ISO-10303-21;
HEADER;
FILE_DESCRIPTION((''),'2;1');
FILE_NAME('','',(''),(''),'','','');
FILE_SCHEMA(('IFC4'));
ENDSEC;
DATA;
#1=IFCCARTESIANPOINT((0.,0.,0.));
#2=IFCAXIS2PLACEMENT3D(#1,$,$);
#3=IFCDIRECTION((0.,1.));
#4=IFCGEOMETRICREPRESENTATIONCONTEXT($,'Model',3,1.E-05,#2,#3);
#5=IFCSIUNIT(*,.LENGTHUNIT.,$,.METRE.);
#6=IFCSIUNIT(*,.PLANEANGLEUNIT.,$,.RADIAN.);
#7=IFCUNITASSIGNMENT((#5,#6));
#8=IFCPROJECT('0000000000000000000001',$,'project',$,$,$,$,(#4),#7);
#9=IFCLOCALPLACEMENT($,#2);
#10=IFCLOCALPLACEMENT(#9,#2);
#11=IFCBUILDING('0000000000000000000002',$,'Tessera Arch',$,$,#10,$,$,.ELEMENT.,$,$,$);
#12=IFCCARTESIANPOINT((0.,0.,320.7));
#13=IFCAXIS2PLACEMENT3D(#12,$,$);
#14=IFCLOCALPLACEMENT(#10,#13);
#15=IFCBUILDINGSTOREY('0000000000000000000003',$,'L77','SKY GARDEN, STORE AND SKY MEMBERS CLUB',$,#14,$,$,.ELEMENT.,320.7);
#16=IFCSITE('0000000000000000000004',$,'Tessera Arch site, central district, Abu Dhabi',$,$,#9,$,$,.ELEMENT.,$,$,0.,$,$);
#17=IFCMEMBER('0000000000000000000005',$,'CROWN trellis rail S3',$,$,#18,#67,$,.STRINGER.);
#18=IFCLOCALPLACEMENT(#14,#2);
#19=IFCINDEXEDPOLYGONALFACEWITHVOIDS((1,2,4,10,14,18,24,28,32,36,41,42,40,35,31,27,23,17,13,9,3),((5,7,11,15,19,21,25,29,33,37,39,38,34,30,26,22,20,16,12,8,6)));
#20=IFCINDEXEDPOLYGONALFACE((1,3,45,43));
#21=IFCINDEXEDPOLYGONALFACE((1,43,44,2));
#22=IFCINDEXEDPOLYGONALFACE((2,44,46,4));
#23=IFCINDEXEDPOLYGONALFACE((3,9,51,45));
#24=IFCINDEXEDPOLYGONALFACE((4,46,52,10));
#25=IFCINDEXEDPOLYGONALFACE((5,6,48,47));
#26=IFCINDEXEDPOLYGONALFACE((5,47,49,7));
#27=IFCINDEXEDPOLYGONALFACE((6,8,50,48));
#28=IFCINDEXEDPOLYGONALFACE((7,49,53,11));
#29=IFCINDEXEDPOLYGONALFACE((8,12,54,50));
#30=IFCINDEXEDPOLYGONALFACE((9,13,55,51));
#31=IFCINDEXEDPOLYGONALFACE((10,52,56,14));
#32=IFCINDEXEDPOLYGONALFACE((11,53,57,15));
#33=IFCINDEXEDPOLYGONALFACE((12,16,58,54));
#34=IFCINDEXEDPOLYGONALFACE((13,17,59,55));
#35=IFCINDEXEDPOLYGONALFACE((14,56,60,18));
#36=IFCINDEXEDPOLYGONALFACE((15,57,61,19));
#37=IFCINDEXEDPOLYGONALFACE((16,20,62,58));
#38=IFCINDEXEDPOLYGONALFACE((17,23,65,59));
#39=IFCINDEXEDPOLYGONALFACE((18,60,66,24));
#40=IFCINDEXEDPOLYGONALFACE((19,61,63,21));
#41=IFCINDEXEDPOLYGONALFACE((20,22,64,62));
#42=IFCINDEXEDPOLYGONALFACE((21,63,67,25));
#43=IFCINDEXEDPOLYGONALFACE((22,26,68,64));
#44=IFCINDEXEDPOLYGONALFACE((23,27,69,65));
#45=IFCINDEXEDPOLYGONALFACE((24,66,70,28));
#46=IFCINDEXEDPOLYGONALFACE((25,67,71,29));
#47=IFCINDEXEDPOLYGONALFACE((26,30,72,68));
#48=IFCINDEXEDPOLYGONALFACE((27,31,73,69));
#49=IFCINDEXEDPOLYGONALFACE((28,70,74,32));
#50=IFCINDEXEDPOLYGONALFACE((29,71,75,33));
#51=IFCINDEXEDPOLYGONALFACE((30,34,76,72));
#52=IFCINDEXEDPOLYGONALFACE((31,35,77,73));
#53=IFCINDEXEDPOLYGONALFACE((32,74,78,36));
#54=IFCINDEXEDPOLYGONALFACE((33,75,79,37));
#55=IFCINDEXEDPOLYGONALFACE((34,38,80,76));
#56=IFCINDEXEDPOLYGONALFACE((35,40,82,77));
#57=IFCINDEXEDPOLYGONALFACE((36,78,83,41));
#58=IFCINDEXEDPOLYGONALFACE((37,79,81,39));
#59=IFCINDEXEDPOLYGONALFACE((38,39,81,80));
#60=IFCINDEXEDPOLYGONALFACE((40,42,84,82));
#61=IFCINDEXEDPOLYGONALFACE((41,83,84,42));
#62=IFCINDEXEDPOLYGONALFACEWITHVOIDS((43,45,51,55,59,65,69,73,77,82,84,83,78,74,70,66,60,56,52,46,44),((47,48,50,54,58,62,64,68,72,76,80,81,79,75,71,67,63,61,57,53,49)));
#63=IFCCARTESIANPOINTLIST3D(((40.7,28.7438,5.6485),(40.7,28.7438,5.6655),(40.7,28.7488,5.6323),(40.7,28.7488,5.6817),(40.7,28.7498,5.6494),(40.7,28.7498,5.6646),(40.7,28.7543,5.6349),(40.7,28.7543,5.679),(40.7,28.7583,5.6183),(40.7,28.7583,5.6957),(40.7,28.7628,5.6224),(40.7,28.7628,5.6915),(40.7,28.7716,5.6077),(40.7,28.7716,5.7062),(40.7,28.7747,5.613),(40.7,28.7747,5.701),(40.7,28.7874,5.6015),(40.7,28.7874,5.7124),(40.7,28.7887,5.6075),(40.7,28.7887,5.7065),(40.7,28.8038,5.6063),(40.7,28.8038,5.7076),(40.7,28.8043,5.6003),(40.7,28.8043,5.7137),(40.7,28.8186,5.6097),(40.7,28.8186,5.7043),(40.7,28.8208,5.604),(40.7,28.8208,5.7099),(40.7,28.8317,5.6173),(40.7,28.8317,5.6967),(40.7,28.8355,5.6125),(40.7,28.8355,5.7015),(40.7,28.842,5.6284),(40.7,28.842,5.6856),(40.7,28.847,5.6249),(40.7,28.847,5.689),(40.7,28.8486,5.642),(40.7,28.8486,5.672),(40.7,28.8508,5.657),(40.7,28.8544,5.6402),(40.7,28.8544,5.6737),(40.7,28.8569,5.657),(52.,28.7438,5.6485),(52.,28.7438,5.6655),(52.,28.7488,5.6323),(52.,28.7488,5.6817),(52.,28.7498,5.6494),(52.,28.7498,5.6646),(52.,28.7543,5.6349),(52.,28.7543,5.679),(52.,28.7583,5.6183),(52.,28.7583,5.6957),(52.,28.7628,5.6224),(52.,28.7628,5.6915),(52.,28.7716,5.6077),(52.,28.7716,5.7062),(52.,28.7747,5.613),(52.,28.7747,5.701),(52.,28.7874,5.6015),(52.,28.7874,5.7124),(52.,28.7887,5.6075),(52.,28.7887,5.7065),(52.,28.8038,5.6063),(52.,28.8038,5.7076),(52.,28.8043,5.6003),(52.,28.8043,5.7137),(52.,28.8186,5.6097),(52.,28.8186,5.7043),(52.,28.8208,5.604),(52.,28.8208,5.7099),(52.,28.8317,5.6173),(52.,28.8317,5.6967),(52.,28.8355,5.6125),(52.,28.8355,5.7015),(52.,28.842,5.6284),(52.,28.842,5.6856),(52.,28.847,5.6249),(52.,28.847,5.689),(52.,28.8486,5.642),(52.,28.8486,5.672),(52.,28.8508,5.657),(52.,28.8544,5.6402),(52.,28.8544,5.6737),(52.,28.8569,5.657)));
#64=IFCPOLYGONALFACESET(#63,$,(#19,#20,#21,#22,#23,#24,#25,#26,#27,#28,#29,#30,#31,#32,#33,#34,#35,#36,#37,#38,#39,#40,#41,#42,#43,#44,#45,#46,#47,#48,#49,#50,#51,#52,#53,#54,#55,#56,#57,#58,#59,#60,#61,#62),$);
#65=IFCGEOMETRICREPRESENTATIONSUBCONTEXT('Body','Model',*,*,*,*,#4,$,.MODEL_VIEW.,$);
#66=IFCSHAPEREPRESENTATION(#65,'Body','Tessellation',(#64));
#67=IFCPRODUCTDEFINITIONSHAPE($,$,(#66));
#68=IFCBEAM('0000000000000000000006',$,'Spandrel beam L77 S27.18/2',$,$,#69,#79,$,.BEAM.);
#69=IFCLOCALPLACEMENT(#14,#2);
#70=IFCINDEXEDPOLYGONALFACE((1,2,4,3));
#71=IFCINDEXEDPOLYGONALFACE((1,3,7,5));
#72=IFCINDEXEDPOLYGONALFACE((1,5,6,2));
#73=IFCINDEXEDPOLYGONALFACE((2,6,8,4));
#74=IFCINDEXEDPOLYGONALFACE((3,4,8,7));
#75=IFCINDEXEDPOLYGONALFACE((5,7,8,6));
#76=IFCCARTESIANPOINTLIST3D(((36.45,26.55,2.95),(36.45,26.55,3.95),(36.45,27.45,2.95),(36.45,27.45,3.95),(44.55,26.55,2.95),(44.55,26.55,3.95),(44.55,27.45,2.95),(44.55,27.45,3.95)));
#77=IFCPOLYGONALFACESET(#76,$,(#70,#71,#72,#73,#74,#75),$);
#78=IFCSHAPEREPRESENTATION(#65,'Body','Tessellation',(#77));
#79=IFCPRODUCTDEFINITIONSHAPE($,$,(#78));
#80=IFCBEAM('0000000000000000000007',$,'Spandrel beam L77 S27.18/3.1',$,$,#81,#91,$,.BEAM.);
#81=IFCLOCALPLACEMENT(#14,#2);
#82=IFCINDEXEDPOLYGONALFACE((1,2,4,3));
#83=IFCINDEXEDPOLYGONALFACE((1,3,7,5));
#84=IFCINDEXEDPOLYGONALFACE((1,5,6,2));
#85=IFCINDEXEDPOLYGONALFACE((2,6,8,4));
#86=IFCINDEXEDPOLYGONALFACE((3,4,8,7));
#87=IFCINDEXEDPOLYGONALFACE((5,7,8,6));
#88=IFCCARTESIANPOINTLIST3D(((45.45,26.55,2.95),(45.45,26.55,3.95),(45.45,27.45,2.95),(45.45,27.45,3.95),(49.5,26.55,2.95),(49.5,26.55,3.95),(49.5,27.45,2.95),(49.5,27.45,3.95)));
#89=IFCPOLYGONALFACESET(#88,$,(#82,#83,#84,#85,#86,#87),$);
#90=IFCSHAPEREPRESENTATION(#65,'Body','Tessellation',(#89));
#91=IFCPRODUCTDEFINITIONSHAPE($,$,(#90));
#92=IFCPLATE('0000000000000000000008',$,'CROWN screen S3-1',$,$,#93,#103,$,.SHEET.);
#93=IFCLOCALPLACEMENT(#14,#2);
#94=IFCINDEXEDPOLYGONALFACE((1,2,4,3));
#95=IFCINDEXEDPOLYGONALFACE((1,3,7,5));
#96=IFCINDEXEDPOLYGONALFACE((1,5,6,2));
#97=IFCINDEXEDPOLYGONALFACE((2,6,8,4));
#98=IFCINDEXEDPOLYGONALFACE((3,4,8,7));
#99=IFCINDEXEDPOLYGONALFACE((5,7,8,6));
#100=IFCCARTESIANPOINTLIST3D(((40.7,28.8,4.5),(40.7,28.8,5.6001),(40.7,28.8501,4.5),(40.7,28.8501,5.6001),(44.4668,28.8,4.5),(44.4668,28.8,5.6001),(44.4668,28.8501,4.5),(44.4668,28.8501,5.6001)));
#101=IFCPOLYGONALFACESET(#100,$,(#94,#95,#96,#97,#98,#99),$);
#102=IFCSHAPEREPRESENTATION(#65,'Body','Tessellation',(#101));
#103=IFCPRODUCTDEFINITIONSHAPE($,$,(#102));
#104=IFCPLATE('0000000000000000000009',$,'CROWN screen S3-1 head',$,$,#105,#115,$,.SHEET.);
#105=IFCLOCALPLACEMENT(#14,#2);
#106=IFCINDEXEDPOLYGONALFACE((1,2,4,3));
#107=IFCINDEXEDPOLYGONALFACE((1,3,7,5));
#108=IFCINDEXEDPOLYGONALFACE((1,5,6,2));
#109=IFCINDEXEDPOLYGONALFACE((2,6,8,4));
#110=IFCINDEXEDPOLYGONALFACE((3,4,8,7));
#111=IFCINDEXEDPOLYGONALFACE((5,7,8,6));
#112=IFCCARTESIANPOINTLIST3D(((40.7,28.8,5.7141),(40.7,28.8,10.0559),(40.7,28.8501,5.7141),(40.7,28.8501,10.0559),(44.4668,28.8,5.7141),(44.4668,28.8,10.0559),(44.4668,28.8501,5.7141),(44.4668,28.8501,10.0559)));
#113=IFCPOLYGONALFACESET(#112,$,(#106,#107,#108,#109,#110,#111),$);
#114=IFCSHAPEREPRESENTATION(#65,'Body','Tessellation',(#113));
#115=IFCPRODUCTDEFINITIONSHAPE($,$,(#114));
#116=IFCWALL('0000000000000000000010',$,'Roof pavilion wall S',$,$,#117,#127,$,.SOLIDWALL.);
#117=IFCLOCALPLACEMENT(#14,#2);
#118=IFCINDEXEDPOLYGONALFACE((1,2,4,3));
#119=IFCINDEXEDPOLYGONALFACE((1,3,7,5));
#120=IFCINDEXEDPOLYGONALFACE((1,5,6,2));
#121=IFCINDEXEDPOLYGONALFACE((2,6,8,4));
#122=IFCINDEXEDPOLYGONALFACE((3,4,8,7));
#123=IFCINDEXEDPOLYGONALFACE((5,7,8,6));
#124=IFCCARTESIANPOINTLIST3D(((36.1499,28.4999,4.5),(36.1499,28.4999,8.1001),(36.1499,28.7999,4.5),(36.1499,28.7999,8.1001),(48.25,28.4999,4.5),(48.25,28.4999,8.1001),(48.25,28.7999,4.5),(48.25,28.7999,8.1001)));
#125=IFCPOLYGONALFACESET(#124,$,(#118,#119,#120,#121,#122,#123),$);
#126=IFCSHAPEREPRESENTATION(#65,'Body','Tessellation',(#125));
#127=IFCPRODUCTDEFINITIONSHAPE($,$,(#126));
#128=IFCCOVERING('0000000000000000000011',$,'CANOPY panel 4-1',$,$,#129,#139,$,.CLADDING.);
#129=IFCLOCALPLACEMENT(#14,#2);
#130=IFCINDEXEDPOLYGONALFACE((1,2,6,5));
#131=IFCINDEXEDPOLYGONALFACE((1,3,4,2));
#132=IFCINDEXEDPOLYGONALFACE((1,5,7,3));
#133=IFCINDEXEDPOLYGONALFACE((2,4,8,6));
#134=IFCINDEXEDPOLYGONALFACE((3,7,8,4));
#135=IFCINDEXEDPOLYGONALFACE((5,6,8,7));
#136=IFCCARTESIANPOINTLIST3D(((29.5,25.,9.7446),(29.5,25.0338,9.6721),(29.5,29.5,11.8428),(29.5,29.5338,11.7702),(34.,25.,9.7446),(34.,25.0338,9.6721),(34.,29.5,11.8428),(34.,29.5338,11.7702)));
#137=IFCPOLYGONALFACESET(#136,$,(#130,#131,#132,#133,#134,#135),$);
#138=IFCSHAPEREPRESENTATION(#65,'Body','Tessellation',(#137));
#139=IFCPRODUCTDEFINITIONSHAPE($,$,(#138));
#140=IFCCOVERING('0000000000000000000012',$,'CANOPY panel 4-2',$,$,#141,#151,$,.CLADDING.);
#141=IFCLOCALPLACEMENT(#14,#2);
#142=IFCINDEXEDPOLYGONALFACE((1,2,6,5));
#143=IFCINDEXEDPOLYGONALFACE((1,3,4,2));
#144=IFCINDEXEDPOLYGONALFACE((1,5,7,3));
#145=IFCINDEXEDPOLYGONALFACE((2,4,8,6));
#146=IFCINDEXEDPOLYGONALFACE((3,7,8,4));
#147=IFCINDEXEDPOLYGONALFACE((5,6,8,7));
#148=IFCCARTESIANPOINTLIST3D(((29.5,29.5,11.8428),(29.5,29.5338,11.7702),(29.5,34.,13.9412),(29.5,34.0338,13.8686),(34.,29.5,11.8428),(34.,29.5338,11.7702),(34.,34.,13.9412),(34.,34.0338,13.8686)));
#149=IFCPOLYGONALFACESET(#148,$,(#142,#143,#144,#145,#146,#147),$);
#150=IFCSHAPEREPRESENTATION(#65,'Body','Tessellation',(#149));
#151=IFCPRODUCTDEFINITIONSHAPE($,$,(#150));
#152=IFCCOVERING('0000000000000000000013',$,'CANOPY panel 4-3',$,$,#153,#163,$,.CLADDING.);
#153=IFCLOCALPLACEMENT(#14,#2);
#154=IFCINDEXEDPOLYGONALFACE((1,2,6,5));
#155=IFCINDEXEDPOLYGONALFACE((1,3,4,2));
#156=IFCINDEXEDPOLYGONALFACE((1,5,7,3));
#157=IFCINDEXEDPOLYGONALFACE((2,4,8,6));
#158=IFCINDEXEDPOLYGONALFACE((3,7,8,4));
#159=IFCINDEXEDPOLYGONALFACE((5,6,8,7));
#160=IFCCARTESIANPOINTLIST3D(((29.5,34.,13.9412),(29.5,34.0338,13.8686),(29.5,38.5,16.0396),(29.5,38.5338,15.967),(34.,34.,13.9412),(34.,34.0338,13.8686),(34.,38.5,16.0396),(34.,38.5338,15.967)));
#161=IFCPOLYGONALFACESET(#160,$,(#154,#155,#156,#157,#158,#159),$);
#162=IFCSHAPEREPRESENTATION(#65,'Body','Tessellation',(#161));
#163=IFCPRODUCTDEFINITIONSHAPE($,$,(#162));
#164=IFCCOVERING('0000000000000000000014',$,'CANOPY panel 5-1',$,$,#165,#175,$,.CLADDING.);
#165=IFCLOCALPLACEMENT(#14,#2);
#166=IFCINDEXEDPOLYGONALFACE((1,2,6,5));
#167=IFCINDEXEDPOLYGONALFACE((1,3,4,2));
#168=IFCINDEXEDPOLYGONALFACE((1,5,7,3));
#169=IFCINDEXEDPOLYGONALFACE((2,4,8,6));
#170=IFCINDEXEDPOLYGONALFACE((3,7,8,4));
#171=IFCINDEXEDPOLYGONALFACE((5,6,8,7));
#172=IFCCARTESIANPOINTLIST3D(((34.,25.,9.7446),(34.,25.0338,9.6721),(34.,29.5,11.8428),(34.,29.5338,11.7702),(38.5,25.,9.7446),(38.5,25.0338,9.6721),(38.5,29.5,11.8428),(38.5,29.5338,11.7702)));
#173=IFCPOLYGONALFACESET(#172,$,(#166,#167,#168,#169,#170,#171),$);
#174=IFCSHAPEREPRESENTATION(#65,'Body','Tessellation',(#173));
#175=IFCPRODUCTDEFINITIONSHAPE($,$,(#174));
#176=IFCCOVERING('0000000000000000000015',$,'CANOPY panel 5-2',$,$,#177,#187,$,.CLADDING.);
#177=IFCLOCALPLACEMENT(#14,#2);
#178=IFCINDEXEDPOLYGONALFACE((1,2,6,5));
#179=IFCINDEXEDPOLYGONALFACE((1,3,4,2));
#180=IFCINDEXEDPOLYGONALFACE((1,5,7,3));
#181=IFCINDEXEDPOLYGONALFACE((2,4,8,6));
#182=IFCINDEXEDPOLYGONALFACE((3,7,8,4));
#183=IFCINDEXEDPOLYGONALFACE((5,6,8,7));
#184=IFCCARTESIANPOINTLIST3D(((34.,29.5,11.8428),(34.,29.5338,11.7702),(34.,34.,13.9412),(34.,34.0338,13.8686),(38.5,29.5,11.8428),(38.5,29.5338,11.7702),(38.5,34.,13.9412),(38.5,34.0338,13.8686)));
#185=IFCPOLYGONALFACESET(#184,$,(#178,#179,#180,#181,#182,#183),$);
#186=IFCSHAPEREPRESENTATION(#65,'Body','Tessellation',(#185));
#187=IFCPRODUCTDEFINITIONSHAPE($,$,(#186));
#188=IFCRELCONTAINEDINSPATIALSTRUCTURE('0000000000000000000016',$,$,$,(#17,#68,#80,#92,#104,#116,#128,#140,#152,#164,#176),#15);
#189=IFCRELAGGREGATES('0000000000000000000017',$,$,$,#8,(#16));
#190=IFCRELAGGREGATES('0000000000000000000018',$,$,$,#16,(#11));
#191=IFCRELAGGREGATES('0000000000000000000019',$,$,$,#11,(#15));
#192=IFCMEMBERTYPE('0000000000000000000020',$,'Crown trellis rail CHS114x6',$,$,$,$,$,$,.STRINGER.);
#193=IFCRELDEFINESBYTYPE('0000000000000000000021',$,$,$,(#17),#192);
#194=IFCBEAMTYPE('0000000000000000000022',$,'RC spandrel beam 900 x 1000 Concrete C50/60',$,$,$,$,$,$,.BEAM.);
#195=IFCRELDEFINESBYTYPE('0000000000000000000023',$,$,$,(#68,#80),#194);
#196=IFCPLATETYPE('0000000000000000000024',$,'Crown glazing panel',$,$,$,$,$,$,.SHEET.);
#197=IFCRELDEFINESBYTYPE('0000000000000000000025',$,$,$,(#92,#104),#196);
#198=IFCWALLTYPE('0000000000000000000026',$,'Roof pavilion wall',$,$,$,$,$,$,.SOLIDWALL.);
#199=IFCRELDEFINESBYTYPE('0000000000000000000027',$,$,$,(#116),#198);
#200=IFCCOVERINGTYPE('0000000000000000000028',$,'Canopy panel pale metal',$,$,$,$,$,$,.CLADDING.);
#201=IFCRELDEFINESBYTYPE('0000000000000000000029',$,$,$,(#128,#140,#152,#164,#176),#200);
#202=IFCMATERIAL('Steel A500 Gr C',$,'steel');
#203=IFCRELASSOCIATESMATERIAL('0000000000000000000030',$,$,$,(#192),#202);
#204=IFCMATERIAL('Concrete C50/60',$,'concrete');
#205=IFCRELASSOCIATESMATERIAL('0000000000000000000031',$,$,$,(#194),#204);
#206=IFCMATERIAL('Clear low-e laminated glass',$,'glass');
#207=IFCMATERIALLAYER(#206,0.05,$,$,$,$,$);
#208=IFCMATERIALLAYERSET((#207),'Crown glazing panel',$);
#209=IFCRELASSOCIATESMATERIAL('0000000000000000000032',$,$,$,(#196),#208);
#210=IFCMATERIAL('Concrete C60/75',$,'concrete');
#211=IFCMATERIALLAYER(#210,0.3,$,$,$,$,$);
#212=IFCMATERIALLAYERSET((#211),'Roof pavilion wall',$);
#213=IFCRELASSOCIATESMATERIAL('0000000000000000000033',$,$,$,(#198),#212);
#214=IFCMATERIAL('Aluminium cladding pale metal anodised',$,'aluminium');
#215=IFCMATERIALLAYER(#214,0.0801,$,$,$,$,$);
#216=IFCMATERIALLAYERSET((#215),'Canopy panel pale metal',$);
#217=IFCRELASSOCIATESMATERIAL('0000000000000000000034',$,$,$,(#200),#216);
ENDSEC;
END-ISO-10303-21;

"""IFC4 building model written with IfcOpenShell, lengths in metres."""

from ifc_helpers import new_model, si_unit, direction, frame, frame_2d, origin, origin_2d, place, context, subcontext, project, spatial, polyline, rectangle, hollow_circle, outline, extrude, material, layer, layer_set, material_profile, profile_set, type_object, element, save


model = new_model("IFC4")

# Units and contexts
model_context = context("Model", 3, precision=1e-05, world=origin(), true_north=direction((0.0, 1.0)))
body_context = subcontext(model_context, "Body", "Model", "MODEL_VIEW")
ifc_project = project(units=[si_unit("LENGTHUNIT", "METRE"), si_unit("PLANEANGLEUNIT", "RADIAN")], contexts=[model_context])

# Site, building, storey
site_placement = place(None, origin())
site = spatial("IfcSite", under=ifc_project, at=site_placement, Name="Tessera Arch site, central district, Abu Dhabi", CompositionType="ELEMENT", RefElevation=0.0)
building_placement = place(site_placement, origin())
building = spatial("IfcBuilding", under=site, at=building_placement, Name="Tessera Arch", CompositionType="ELEMENT")
storey_placement = place(building_placement, frame((0.0, 0.0, 320.7)))
storey = spatial("IfcBuildingStorey", under=building, at=storey_placement, Name="L77", Description="SKY GARDEN, STORE AND SKY MEMBERS CLUB", CompositionType="ELEMENT", Elevation=320.7)

# Member
ifc_material_1 = material(Name="Steel A500 Gr C", Category="steel")
ifc_material_profile_1 = material_profile(ifc_material_1, hollow_circle(Radius=0.0569, WallThickness=0.0061, at=origin_2d()), Name="Crown trellis rail CHS114x6")
ifc_profile_set_1 = profile_set([ifc_material_profile_1], Name="Steel A500 Gr C")
member_type_1 = type_object("IfcMemberType", Name="Crown trellis rail CHS114x6", PredefinedType="STRINGER", material=ifc_profile_set_1)
member_1_placement = place(storey_placement, frame((40.7, 28.8, 5.657), z_axis=(1.0, 0.0, 0.0), x_axis=(0.0, 1.0, 0.0)))
element("IfcMember", 1, at=member_1_placement, inside=storey, type_object=member_type_1, Name="CROWN trellis rail S3", PredefinedType="STRINGER", context=body_context, shape_type="SweptSolid", body=[
    extrude(hollow_circle(Radius=0.0569, WallThickness=0.0061, at=origin_2d()), origin(), (0.0, 0.0, 1.0), 11.3),
])

# Beams
ifc_material_2 = material(Name="Concrete C50/60", Category="concrete")
ifc_material_profile_2 = material_profile(ifc_material_2, rectangle(XDim=0.8999, YDim=1.0, at=origin_2d()), Name="RC spandrel beam 900 x 1000 Concrete C50/60")
ifc_profile_set_2 = profile_set([ifc_material_profile_2], Name="Concrete C50/60")
beam_type_1 = type_object("IfcBeamType", Name="RC spandrel beam 900 x 1000 Concrete C50/60", PredefinedType="BEAM", material=ifc_profile_set_2)
beam_1_placement = place(storey_placement, frame((36.45, 27.0, 3.45), z_axis=(1.0, 0.0, 0.0), x_axis=(0.0, 1.0, 0.0)))
element("IfcBeam", 2, at=beam_1_placement, inside=storey, type_object=beam_type_1, Name="Spandrel beam L77 S27.18/2", PredefinedType="BEAM", context=body_context, shape_type="SweptSolid", body=[
    extrude(rectangle(XDim=0.8999, YDim=1.0, at=origin_2d()), origin(), (0.0, 0.0, 1.0), 8.1001),
])
beam_2_placement = place(storey_placement, frame((45.45, 27.0, 3.45), z_axis=(1.0, 0.0, 0.0), x_axis=(0.0, 1.0, 0.0)))
element("IfcBeam", 3, at=beam_2_placement, inside=storey, type_object=beam_type_1, Name="Spandrel beam L77 S27.18/3.1", PredefinedType="BEAM", context=body_context, shape_type="SweptSolid", body=[
    extrude(rectangle(XDim=0.8999, YDim=1.0, at=origin_2d()), origin(), (0.0, 0.0, 1.0), 4.05),
])

# Plates
ifc_material_3 = material(Name="Clear low-e laminated glass", Category="glass")
ifc_layer_1 = layer(ifc_material_3, 0.05)
ifc_layer_set_1 = layer_set([ifc_layer_1], Name="Crown glazing panel")
plate_type = type_object("IfcPlateType", Name="Crown glazing panel", PredefinedType="SHEET", material=ifc_layer_set_1)
plate_1_placement = place(storey_placement, frame((40.7, 28.8, 4.5), z_axis=(0.0, -1.0, 0.0), x_axis=(1.0, 0.0, 0.0)))
element("IfcPlate", 4, at=plate_1_placement, inside=storey, type_object=plate_type, Name="CROWN screen S3-1", PredefinedType="SHEET", context=body_context, shape_type="SweptSolid", body=[
    extrude(outline(polyline([(0.0, 0.0), (3.7668, 0.0), (3.7668, 1.1001), (0.0, 1.1001), (0.0, 0.0)])), origin(), (0.0, 0.0, -1.0), 0.05),
])
plate_2_placement = place(storey_placement, frame((40.7, 28.8, 5.7141), z_axis=(0.0, -1.0, 0.0), x_axis=(1.0, 0.0, 0.0)))
element("IfcPlate", 5, at=plate_2_placement, inside=storey, type_object=plate_type, Name="CROWN screen S3-1 head", PredefinedType="SHEET", context=body_context, shape_type="SweptSolid", body=[
    extrude(outline(polyline([(0.0, 0.0), (3.7668, 0.0), (3.7668, 4.3418), (0.0, 4.3418), (0.0, 0.0)])), origin(), (0.0, 0.0, -1.0), 0.05),
])

# Wall
ifc_material_4 = material(Name="Concrete C60/75", Category="concrete")
ifc_layer_2 = layer(ifc_material_4, 0.3)
ifc_layer_set_2 = layer_set([ifc_layer_2], Name="Roof pavilion wall")
wall_type = type_object("IfcWallType", Name="Roof pavilion wall", PredefinedType="SOLIDWALL", material=ifc_layer_set_2)
wall_1_placement = place(storey_placement, frame((36.1499, 28.6499, 4.5), z_axis=(0.0, 0.0, 1.0), x_axis=(1.0, 0.0, 0.0)))
element("IfcWall", 6, at=wall_1_placement, inside=storey, type_object=wall_type, Name="Roof pavilion wall S", PredefinedType="SOLIDWALL", context=body_context, shape_type="SweptSolid", body=[
    extrude(rectangle(XDim=12.1001, YDim=0.3, at=frame_2d((6.05, 0.0))), origin(), (0.0, 0.0, 1.0), 3.6001),
])

# Coverings
ifc_material_5 = material(Name="Aluminium cladding pale metal anodised", Category="aluminium")
ifc_layer_3 = layer(ifc_material_5, 0.0801)
ifc_layer_set_3 = layer_set([ifc_layer_3], Name="Canopy panel pale metal")
covering_type_1 = type_object("IfcCoveringType", Name="Canopy panel pale metal", PredefinedType="CLADDING", material=ifc_layer_set_3)
covering_1_placement = place(storey_placement, frame((34.0, 25.0, 9.7446), z_axis=(0.0, -0.422579, 0.906326), x_axis=(0.0, 0.906326, 0.422579)))
element("IfcCovering", 7, at=covering_1_placement, inside=storey, type_object=covering_type_1, Name="CANOPY panel 4-1", PredefinedType="CLADDING", context=body_context, shape_type="SweptSolid", body=[
    extrude(outline(polyline([(0.0, 0.0), (4.9651, 0.0), (4.9651, 4.5), (0.0, 4.5), (0.0, 0.0)])), origin(), (0.0, 0.0, -1.0), 0.0801),
])
for number, where, z_axis, x_axis, name in (
    (8, (34.0, 29.5, 11.8428), (0.0, -0.422619, 0.906307), (0.0, 0.906307, 0.422619), "CANOPY panel 4-2"),
    (9, (34.0, 34.0, 13.9412), (0.0, -0.422619, 0.906307), (0.0, 0.906307, 0.422619), "CANOPY panel 4-3"),
):
    element("IfcCovering", number, at=place(storey_placement, frame(where, z_axis=z_axis, x_axis=x_axis)), inside=storey, type_object=covering_type_1, Name=name, PredefinedType="CLADDING", context=body_context, shape_type="SweptSolid", body=[
        extrude(outline(polyline([(0.0, 0.0), (4.9652, 0.0), (4.9652, 4.5), (0.0, 4.5), (0.0, 0.0)])), origin(), (0.0, 0.0, -1.0), 0.0801),
    ])
covering_2_placement = place(storey_placement, frame((38.5, 25.0, 9.7446), z_axis=(0.0, -0.422579, 0.906326), x_axis=(0.0, 0.906326, 0.422579)))
element("IfcCovering", 10, at=covering_2_placement, inside=storey, type_object=covering_type_1, Name="CANOPY panel 5-1", PredefinedType="CLADDING", context=body_context, shape_type="SweptSolid", body=[
    extrude(outline(polyline([(0.0, 0.0), (4.9651, 0.0), (4.9651, 4.5), (0.0, 4.5), (0.0, 0.0)])), origin(), (0.0, 0.0, -1.0), 0.0801),
])
for number, where, z_axis, x_axis, name in (
    (11, (38.5, 29.5, 11.8428), (0.0, -0.422619, 0.906307), (0.0, 0.906307, 0.422619), "CANOPY panel 5-2"),
):
    element("IfcCovering", number, at=place(storey_placement, frame(where, z_axis=z_axis, x_axis=x_axis)), inside=storey, type_object=covering_type_1, Name=name, PredefinedType="CLADDING", context=body_context, shape_type="SweptSolid", body=[
        extrude(outline(polyline([(0.0, 0.0), (4.9652, 0.0), (4.9652, 4.5), (0.0, 4.5), (0.0, 0.0)])), origin(), (0.0, 0.0, -1.0), 0.0801),
    ])

save(model, "model.ifc")
